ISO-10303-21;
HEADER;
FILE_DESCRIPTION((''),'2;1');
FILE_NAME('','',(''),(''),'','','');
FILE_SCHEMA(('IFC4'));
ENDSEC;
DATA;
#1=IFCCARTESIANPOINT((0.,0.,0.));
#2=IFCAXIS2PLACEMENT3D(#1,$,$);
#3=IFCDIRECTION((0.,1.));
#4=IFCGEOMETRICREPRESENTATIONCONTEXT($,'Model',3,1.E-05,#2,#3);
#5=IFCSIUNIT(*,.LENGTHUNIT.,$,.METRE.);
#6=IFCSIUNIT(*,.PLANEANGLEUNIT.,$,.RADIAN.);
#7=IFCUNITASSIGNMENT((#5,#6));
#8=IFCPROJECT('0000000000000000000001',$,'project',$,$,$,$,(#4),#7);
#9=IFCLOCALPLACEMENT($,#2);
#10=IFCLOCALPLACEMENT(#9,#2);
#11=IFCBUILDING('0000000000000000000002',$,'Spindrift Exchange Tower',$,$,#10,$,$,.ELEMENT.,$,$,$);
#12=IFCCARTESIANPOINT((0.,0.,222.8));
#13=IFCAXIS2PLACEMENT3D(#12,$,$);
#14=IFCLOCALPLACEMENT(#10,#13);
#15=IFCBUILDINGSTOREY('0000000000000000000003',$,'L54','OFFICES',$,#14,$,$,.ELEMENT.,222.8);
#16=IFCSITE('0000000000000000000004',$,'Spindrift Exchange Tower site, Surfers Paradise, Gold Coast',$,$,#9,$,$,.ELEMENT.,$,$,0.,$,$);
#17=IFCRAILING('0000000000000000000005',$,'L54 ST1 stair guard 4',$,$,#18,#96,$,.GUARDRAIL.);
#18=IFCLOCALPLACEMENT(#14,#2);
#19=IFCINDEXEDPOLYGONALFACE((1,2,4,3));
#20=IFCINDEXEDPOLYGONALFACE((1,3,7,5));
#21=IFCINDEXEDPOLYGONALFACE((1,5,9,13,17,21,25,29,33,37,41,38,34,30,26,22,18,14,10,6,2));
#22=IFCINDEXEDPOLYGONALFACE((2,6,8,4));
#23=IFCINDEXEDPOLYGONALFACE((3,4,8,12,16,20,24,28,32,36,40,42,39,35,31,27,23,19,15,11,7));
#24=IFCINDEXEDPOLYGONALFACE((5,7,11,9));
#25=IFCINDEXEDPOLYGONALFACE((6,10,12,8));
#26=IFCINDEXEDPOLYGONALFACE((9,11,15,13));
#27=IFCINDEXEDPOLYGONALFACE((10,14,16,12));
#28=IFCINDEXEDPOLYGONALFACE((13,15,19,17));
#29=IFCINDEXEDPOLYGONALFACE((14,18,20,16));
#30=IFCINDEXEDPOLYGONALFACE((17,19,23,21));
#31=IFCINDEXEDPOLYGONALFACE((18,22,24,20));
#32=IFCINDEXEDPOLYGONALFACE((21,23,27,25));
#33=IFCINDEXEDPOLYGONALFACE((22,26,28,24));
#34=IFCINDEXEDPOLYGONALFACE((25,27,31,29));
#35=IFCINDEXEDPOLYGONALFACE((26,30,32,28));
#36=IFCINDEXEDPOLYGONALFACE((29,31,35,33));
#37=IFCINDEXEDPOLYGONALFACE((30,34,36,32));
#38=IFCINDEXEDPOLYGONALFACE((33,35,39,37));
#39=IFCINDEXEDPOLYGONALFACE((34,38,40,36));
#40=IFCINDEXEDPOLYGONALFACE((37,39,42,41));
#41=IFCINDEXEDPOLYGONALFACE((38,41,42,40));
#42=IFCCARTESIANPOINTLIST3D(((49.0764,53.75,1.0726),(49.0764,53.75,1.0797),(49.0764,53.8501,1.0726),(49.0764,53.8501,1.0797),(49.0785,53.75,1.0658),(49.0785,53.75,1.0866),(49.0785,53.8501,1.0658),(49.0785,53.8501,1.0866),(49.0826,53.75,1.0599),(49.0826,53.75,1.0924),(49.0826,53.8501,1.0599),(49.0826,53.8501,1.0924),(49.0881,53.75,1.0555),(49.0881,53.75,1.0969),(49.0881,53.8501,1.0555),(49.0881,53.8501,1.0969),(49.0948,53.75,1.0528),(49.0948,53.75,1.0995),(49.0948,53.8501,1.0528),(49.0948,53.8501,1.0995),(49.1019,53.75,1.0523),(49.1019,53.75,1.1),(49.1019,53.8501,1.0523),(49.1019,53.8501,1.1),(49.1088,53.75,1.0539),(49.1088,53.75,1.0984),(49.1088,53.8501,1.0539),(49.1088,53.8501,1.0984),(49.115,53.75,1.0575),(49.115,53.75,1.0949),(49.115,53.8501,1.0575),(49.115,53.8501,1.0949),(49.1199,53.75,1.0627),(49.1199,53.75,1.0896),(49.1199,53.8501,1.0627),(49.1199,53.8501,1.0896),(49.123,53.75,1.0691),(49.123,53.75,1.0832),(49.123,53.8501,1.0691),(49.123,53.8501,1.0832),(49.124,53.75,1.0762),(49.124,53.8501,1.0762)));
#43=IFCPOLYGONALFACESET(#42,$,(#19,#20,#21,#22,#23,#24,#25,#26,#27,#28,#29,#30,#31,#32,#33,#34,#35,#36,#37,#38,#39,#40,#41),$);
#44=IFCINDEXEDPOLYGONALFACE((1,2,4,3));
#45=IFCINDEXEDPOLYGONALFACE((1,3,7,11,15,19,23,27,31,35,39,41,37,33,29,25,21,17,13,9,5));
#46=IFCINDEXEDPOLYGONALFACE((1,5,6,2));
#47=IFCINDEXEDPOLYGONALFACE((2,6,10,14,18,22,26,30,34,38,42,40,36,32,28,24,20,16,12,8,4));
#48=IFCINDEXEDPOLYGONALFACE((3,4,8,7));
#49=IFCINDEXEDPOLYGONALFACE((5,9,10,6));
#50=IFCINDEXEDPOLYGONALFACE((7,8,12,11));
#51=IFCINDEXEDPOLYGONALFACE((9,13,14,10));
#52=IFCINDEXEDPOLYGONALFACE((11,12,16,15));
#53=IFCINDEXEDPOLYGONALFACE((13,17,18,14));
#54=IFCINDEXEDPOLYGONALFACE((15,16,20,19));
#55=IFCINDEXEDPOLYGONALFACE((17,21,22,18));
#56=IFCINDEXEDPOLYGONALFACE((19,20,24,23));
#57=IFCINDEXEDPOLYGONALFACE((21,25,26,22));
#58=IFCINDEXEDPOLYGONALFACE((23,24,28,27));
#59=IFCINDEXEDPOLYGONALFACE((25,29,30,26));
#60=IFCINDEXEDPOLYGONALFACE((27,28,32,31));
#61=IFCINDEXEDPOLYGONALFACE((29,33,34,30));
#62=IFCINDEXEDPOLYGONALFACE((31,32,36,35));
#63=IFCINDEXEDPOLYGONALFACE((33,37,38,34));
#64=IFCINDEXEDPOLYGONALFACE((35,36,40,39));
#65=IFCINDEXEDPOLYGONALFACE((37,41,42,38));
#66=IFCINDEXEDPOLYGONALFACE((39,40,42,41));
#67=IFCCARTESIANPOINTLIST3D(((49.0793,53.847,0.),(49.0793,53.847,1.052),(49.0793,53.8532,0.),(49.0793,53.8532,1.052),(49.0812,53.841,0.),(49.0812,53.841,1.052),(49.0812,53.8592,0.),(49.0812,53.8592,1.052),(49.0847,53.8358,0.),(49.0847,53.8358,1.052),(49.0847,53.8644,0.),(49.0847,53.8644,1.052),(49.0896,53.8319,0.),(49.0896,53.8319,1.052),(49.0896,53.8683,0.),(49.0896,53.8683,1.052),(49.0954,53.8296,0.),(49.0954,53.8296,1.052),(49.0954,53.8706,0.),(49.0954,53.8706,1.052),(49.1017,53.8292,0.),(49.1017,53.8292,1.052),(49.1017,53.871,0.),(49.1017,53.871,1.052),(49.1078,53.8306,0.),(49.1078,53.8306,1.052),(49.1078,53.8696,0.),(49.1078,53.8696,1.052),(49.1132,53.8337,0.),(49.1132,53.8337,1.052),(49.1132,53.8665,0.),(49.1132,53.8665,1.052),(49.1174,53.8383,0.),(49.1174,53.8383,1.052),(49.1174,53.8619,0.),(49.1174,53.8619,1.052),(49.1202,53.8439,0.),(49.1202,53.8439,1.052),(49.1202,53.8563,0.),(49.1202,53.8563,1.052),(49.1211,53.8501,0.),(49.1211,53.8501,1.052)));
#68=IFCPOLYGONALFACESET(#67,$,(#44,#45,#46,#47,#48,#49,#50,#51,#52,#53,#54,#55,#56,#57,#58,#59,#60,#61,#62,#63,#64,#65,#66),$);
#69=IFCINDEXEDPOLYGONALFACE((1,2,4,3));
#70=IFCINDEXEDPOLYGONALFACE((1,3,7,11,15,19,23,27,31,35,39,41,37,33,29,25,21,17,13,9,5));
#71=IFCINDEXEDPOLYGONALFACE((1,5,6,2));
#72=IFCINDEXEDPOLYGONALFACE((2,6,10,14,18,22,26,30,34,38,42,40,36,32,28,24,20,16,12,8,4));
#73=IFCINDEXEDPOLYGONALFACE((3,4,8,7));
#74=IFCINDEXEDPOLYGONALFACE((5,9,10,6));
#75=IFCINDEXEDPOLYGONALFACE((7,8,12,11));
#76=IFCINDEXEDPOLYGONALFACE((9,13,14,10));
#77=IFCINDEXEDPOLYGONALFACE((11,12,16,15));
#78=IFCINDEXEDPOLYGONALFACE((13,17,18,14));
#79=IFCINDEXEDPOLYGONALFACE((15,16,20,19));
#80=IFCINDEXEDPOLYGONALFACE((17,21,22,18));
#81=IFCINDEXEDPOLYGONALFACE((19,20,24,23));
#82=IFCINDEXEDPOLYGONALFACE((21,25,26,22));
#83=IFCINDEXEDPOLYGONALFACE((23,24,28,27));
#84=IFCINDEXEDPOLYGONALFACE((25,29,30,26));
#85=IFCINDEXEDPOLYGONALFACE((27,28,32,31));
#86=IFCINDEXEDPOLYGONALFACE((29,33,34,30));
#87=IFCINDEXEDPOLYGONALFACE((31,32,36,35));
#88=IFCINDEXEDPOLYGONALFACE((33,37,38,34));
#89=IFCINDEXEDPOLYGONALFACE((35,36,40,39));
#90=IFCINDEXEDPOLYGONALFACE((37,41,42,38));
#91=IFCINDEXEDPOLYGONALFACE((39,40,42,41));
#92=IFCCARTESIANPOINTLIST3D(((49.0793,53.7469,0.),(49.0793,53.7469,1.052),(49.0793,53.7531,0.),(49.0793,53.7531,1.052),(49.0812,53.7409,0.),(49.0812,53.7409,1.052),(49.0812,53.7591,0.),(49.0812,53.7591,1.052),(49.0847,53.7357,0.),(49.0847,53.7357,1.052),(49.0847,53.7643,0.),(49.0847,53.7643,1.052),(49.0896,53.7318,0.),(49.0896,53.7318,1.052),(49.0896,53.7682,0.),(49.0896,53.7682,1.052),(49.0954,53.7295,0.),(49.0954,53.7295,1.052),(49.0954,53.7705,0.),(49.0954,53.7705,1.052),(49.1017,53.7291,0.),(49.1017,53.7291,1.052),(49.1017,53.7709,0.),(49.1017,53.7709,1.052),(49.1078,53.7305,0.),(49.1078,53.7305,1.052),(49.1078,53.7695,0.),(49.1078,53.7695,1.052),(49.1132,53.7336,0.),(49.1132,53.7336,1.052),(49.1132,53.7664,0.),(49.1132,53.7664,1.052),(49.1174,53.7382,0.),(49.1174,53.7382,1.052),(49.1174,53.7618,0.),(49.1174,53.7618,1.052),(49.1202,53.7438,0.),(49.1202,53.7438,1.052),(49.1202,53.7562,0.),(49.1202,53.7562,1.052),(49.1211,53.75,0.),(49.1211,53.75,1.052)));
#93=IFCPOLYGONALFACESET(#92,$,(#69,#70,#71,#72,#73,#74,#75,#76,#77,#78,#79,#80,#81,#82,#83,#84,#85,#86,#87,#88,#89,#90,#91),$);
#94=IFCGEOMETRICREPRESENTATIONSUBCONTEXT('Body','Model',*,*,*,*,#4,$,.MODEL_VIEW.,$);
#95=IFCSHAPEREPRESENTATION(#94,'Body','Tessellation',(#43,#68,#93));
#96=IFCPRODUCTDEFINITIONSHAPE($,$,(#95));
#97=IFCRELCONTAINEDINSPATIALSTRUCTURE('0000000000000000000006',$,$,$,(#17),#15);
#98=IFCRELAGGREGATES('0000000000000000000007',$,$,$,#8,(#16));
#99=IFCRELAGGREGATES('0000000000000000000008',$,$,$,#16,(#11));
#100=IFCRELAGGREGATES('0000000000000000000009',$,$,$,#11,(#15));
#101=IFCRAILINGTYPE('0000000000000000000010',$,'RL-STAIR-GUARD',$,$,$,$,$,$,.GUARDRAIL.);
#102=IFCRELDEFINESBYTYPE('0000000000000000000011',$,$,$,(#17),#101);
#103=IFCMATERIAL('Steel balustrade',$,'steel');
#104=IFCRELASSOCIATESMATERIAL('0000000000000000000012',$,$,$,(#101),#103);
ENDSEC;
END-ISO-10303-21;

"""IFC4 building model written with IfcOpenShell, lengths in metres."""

from ifc_helpers import new_model, si_unit, direction, frame, origin, origin_2d, place, context, subcontext, project, spatial, circle, extrude, material, type_object, element, save


model = new_model("IFC4")

# Units and contexts
model_context = context("Model", 3, precision=1e-05, world=origin(), true_north=direction((0.0, 1.0)))
body_context = subcontext(model_context, "Body", "Model", "MODEL_VIEW")
ifc_project = project(units=[si_unit("LENGTHUNIT", "METRE"), si_unit("PLANEANGLEUNIT", "RADIAN")], contexts=[model_context])

# Site, building, storey
site_placement = place(None, origin())
site = spatial("IfcSite", under=ifc_project, at=site_placement, Name="Spindrift Exchange Tower site, Surfers Paradise, Gold Coast", CompositionType="ELEMENT", RefElevation=0.0)
building_placement = place(site_placement, origin())
building = spatial("IfcBuilding", under=site, at=building_placement, Name="Spindrift Exchange Tower", CompositionType="ELEMENT")
storey_placement = place(building_placement, frame((0.0, 0.0, 222.8)))
storey = spatial("IfcBuildingStorey", under=building, at=storey_placement, Name="L54", Description="OFFICES", CompositionType="ELEMENT", Elevation=222.8)

# Railing
ifc_material_1 = material(Name="Steel balustrade", Category="steel")
railing_type_1 = type_object("IfcRailingType", Name="RL-STAIR-GUARD", PredefinedType="GUARDRAIL", material=ifc_material_1)
railing_1_placement = place(storey_placement, frame((49.1001, 53.8501, 0.0)))
element("IfcRailing", 1, at=railing_1_placement, inside=storey, type_object=railing_type_1, Name="L54 ST1 stair guard 4", PredefinedType="GUARDRAIL", context=body_context, shape_type="SweptSolid", body=[
    extrude(circle(Radius=0.0239, at=origin_2d()), frame((0.0, 0.0, 1.0762), z_axis=(0.0, -1.0, 0.0), x_axis=(1.0, 0.0, 0.0)), (0.0, 0.0, 1.0), 0.1001),
    extrude(circle(Radius=0.021, at=origin_2d()), origin(), (0.0, 0.0, 1.0), 1.052),
    extrude(circle(Radius=0.021, at=origin_2d()), frame((0.0, -0.1001, 0.0)), (0.0, 0.0, 1.0), 1.052),
])

save(model, "model.ifc")
